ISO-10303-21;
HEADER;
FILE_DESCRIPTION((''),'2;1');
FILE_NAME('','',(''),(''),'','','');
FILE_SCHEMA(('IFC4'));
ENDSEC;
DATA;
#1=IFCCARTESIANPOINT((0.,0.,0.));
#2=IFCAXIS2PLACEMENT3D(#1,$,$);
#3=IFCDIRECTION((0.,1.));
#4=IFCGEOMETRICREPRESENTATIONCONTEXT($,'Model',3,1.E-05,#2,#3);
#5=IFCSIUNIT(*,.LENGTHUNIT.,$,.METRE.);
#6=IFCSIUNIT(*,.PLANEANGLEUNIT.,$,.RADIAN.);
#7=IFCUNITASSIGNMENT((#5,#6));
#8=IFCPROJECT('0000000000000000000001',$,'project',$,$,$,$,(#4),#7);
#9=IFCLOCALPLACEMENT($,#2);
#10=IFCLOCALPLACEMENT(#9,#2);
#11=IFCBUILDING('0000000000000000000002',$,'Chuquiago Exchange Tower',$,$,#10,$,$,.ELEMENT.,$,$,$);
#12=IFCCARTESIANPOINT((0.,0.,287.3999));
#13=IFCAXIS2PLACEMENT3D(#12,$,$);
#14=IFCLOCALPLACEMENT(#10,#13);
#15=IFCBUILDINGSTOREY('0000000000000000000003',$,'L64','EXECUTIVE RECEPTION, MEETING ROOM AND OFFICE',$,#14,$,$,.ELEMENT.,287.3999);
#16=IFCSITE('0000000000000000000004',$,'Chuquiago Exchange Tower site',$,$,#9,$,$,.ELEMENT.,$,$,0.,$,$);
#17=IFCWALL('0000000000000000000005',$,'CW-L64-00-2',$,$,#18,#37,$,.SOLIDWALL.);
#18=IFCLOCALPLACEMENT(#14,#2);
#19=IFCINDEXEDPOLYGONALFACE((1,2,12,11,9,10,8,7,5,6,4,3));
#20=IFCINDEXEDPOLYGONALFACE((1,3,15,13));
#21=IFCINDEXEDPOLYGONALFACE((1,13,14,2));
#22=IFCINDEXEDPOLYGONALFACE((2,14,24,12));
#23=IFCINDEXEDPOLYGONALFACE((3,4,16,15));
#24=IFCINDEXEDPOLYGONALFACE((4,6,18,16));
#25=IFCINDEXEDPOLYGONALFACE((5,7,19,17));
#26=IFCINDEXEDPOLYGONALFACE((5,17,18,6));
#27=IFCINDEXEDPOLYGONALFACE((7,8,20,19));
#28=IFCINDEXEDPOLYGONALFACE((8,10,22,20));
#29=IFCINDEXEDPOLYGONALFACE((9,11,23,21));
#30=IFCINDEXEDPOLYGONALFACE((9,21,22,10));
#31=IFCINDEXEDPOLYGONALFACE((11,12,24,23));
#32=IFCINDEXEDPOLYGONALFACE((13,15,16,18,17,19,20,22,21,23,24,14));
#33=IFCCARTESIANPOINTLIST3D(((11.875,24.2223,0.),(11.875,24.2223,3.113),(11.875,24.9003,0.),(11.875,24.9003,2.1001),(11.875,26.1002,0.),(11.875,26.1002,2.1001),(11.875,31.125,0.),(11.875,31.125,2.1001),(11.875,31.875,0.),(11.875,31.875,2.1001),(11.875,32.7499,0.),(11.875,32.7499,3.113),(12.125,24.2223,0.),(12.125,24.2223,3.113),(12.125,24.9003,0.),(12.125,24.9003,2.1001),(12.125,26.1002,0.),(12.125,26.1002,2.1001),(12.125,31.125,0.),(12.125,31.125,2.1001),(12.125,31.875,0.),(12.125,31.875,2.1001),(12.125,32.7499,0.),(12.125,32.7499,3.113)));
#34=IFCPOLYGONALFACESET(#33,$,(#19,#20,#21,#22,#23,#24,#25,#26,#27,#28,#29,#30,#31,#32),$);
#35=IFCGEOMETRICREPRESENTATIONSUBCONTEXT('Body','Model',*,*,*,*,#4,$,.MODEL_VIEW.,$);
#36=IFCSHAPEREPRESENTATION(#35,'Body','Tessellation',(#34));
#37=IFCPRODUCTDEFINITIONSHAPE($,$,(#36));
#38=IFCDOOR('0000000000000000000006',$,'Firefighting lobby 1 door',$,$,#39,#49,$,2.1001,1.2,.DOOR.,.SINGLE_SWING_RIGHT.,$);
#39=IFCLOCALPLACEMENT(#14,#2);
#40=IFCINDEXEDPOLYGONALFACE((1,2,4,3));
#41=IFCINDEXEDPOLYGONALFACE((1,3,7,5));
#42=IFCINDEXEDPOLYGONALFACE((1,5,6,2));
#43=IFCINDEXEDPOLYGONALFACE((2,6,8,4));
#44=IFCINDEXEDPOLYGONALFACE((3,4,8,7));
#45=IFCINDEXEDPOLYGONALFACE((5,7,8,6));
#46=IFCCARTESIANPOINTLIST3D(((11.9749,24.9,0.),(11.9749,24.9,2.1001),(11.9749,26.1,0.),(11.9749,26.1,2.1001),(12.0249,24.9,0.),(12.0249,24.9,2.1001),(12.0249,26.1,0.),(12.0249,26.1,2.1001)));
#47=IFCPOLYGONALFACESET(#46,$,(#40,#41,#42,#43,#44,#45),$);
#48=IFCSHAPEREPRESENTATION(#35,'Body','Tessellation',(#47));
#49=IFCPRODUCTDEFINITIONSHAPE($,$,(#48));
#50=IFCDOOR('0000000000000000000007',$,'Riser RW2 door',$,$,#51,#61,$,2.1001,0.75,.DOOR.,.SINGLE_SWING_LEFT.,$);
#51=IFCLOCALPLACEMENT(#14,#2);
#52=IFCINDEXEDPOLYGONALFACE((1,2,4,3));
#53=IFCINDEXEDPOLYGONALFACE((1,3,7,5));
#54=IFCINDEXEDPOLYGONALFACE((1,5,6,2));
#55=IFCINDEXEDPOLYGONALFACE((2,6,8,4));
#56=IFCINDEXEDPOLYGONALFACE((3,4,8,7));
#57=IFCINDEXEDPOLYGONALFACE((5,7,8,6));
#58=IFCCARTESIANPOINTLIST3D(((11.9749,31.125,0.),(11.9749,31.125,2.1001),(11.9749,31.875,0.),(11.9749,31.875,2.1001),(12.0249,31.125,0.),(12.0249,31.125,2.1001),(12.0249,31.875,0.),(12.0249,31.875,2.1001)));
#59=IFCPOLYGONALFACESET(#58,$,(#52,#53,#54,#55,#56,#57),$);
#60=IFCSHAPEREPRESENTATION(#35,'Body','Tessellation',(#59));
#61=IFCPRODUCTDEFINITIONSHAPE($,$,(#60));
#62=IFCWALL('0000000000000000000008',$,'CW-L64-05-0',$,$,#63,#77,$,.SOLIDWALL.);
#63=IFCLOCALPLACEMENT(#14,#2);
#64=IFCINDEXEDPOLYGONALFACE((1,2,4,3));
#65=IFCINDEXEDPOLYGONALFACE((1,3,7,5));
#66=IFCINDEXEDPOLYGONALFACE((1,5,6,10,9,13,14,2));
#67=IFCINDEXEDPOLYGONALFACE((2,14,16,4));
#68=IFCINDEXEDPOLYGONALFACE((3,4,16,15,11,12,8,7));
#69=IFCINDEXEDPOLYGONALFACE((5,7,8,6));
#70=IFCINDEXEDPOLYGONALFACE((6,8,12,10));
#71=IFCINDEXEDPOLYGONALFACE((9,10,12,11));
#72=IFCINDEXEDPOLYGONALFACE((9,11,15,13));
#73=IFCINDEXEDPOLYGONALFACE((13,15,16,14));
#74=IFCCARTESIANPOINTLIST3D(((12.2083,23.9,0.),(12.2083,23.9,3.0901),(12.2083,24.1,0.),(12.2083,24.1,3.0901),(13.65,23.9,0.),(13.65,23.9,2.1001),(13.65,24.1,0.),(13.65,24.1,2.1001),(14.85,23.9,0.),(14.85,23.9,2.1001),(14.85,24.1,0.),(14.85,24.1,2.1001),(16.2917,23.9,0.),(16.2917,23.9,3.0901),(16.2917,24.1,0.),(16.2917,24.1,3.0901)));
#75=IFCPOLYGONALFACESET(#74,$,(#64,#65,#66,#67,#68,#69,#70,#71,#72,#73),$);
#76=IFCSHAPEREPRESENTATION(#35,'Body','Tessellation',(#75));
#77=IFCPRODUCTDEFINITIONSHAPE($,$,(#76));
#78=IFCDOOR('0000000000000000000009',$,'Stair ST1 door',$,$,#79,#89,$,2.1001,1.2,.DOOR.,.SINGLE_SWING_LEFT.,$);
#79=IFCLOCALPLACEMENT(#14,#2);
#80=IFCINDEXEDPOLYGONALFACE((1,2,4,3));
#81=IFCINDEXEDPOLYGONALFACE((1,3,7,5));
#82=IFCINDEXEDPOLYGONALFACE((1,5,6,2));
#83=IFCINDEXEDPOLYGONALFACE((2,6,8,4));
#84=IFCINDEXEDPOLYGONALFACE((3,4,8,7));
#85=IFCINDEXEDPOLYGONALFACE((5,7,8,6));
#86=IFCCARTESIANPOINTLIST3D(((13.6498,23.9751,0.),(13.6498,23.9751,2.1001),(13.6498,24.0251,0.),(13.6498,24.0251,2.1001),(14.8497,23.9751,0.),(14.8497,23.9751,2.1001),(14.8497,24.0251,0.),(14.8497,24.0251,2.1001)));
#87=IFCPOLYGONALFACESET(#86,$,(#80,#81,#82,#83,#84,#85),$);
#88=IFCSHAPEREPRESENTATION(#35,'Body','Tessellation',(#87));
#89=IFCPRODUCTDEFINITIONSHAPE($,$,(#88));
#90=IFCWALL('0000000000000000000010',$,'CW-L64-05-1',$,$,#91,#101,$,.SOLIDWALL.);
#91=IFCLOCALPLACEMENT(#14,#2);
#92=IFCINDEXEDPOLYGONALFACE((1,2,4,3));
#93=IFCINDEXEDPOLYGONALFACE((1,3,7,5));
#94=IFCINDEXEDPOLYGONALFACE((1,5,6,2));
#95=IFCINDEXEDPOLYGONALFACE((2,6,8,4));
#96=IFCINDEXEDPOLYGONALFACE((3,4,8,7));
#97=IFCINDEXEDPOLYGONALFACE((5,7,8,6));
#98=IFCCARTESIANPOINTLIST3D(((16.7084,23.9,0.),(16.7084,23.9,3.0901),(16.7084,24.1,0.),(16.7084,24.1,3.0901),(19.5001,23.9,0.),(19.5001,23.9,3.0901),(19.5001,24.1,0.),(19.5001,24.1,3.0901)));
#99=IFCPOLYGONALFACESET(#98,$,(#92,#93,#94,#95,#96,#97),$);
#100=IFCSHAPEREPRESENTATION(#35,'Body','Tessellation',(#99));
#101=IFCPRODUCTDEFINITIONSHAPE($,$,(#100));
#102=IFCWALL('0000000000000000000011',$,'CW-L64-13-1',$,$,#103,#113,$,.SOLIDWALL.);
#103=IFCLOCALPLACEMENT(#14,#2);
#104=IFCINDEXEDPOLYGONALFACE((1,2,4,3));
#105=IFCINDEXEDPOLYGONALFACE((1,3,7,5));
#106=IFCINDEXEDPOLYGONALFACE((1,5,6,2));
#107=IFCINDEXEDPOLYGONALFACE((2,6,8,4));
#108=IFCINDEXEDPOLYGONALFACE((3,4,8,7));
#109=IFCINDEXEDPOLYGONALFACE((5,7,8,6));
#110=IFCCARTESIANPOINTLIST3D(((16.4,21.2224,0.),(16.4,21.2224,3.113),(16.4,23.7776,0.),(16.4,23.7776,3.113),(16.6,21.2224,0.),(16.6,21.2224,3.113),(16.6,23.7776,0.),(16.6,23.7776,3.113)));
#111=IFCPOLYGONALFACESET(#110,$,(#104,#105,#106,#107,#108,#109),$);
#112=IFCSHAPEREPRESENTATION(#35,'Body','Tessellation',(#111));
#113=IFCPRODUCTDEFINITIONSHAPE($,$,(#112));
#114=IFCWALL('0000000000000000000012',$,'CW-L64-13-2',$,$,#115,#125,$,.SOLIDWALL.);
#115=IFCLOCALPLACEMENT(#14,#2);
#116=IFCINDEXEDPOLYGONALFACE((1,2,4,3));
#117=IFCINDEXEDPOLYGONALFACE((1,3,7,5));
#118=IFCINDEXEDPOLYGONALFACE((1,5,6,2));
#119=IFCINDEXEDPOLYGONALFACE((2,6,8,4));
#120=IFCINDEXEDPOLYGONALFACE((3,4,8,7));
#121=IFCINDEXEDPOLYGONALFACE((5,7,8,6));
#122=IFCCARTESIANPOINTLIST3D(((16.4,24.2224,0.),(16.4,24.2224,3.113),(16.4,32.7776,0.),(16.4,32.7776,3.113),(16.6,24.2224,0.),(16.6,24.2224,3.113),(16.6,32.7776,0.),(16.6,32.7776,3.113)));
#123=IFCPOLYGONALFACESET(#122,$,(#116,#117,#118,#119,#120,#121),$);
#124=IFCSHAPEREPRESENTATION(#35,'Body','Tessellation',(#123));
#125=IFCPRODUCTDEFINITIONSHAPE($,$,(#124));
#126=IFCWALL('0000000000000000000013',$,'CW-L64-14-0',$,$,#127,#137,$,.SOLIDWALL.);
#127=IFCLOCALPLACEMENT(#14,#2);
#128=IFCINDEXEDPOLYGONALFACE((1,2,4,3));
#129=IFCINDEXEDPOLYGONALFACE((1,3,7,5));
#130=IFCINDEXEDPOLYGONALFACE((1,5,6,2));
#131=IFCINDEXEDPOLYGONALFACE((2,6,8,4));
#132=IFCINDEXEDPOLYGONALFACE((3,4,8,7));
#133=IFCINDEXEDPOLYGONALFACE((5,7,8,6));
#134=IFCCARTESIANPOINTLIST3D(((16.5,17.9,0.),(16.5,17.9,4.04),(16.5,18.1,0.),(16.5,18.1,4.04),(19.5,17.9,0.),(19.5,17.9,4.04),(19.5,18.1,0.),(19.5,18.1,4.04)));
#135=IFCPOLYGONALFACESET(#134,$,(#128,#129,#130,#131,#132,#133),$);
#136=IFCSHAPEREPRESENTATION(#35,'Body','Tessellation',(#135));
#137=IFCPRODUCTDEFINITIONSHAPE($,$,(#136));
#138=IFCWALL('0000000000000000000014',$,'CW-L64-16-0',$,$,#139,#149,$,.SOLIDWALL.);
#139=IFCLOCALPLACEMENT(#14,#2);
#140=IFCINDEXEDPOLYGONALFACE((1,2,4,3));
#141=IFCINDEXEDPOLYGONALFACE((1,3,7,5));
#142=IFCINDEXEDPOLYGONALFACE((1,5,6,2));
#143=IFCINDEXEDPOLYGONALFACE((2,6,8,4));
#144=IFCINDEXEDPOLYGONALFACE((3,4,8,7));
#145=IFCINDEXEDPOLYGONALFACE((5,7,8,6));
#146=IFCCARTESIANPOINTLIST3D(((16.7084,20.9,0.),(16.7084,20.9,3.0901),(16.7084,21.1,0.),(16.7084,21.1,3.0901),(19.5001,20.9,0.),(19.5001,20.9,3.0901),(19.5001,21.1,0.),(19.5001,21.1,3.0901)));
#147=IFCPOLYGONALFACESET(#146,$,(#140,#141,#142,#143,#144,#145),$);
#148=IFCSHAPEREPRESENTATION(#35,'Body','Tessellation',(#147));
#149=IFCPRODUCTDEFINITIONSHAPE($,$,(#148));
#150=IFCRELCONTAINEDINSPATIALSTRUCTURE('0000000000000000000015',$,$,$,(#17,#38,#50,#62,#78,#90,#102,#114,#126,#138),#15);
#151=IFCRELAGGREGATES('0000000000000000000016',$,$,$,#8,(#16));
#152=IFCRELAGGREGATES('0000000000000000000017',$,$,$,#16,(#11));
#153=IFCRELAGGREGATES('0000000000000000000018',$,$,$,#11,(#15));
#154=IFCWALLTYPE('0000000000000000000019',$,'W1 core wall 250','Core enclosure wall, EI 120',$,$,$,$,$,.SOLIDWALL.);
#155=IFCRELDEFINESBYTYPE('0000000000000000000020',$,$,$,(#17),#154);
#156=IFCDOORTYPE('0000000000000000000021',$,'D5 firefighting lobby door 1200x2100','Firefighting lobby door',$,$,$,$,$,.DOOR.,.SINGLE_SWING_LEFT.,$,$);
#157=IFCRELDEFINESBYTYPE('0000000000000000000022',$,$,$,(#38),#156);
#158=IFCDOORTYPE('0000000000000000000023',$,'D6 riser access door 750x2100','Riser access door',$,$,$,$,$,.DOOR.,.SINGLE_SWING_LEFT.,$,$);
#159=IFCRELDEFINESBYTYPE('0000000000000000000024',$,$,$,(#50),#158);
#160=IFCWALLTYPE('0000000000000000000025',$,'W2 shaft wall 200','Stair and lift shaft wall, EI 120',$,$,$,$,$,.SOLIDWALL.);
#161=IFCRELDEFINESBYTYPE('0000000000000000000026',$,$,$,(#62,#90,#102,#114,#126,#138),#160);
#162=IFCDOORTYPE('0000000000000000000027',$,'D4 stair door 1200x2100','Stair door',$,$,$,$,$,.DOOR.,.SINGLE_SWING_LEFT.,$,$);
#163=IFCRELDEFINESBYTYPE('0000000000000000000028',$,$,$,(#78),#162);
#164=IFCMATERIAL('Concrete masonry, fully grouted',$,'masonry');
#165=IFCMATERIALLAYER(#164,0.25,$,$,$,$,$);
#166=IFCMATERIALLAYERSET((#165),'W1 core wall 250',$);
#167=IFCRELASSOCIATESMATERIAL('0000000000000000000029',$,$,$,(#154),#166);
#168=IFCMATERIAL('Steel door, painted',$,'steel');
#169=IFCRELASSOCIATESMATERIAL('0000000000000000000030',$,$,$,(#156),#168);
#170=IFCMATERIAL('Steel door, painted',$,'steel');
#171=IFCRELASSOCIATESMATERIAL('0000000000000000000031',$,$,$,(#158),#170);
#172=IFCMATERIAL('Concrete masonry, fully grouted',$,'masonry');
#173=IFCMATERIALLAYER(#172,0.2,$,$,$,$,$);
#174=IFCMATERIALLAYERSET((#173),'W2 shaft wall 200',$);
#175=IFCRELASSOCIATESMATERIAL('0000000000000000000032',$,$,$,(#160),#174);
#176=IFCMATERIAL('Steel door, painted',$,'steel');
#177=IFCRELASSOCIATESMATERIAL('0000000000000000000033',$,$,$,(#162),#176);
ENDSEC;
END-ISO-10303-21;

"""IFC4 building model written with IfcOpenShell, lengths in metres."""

from ifc_helpers import new_model, si_unit, direction, frame, frame_2d, origin, place, context, subcontext, project, spatial, rectangle, extrude, material, layer, layer_set, type_object, element, fill, save


model = new_model("IFC4")

# Units and contexts
model_context = context("Model", 3, precision=1e-05, world=origin(), true_north=direction((0.0, 1.0)))
body_context = subcontext(model_context, "Body", "Model", "MODEL_VIEW")
ifc_project = project(units=[si_unit("LENGTHUNIT", "METRE"), si_unit("PLANEANGLEUNIT", "RADIAN")], contexts=[model_context])

# Site, building, storey
site_placement = place(None, origin())
site = spatial("IfcSite", under=ifc_project, at=site_placement, Name="Chuquiago Exchange Tower site", CompositionType="ELEMENT", RefElevation=0.0)
building_placement = place(site_placement, origin())
building = spatial("IfcBuilding", under=site, at=building_placement, Name="Chuquiago Exchange Tower", CompositionType="ELEMENT")
storey_placement = place(building_placement, frame((0.0, 0.0, 287.3999)))
storey = spatial("IfcBuildingStorey", under=building, at=storey_placement, Name="L64", Description="EXECUTIVE RECEPTION, MEETING ROOM AND OFFICE", CompositionType="ELEMENT", Elevation=287.3999)

# Shared definitions
ifc_material_1 = material(Name="Concrete masonry, fully grouted", Category="masonry")
ifc_layer_1 = layer(ifc_material_1, 0.25)
ifc_layer_set_1 = layer_set([ifc_layer_1], Name="W1 core wall 250")
wall_type_1 = type_object("IfcWallType", Name="W1 core wall 250", Description="Core enclosure wall, EI 120", PredefinedType="SOLIDWALL", material=ifc_layer_set_1)

# Wall, openings, doors
wall_1_placement = place(storey_placement, frame((12.0, 24.2224, 0.0), z_axis=(0.0, 0.0, 1.0), x_axis=(0.0, 1.0, 0.0)))
wall_1 = element("IfcWall", 1, at=wall_1_placement, inside=storey, type_object=wall_type_1, Name="CW-L64-00-2", PredefinedType="SOLIDWALL", context=body_context, shape_type="SweptSolid", body=[
    extrude(rectangle(XDim=8.5276, YDim=0.25, at=frame_2d((4.2637, 0.0))), origin(), (0.0, 0.0, 1.0), 3.113),
])
opening_1_placement = place(wall_1_placement, frame((0.6777, 0.0, 0.0)))
opening_1 = element("IfcOpeningElement", 2, at=opening_1_placement, cuts=wall_1, PredefinedType="OPENING", context=body_context, shape_type="SweptSolid", body=[
    extrude(rectangle(XDim=1.2, YDim=2.1001, at=frame_2d((0.6001, 1.05))), frame((0.0, 0.135, 0.0), z_axis=(0.0, -1.0, 0.0), x_axis=(1.0, 0.0, 0.0)), (0.0, 0.0, 1.0), 0.27),
])
opening_2_placement = place(wall_1_placement, frame((6.9026, 0.0, 0.0)))
opening_2 = element("IfcOpeningElement", 3, at=opening_2_placement, cuts=wall_1, PredefinedType="OPENING", context=body_context, shape_type="SweptSolid", body=[
    extrude(rectangle(XDim=0.75, YDim=2.1001, at=frame_2d((0.375, 1.05))), frame((0.0, 0.135, 0.0), z_axis=(0.0, -1.0, 0.0), x_axis=(1.0, 0.0, 0.0)), (0.0, 0.0, 1.0), 0.27),
])
ifc_material_2 = material(Name="Steel door, painted", Category="steel")
door_type_1 = type_object("IfcDoorType", Name="D5 firefighting lobby door 1200x2100", Description="Firefighting lobby door", OperationType="SINGLE_SWING_LEFT", PredefinedType="DOOR", material=ifc_material_2)
door_1_placement = place(opening_1_placement, frame((1.2, 0.0, 0.0), z_axis=(0.0, 0.0, 1.0), x_axis=(-1.0, 0.0, 0.0)))
door_1 = element("IfcDoor", 4, at=door_1_placement, inside=storey, type_object=door_type_1, Name="Firefighting lobby 1 door", OperationType="SINGLE_SWING_RIGHT", OverallHeight=2.1001, OverallWidth=1.2, PredefinedType="DOOR", context=body_context, shape_type="SweptSolid", body=[
    extrude(rectangle(XDim=1.2, YDim=2.1001, at=frame_2d((0.6001, 1.05))), frame((0.0, 0.0249, 0.0), z_axis=(0.0, -1.0, 0.0), x_axis=(1.0, 0.0, 0.0)), (0.0, 0.0, 1.0), 0.05),
])
fill(opening_1, door_1)
ifc_material_3 = material(Name="Steel door, painted", Category="steel")
door_type_2 = type_object("IfcDoorType", Name="D6 riser access door 750x2100", Description="Riser access door", OperationType="SINGLE_SWING_LEFT", PredefinedType="DOOR", material=ifc_material_3)
door_2_placement = place(opening_2_placement, frame((0.75, 0.0, 0.0), z_axis=(0.0, 0.0, 1.0), x_axis=(-1.0, 0.0, 0.0)))
door_2 = element("IfcDoor", 5, at=door_2_placement, inside=storey, type_object=door_type_2, Name="Riser RW2 door", OperationType="SINGLE_SWING_LEFT", OverallHeight=2.1001, OverallWidth=0.75, PredefinedType="DOOR", context=body_context, shape_type="SweptSolid", body=[
    extrude(rectangle(XDim=0.75, YDim=2.1001, at=frame_2d((0.375, 1.05))), frame((0.0, 0.0249, 0.0), z_axis=(0.0, -1.0, 0.0), x_axis=(1.0, 0.0, 0.0)), (0.0, 0.0, 1.0), 0.05),
])
fill(opening_2, door_2)

# Wall, opening, door
ifc_material_4 = material(Name="Concrete masonry, fully grouted", Category="masonry")
ifc_layer_2 = layer(ifc_material_4, 0.2)
ifc_layer_set_2 = layer_set([ifc_layer_2], Name="W2 shaft wall 200")
wall_type_2 = type_object("IfcWallType", Name="W2 shaft wall 200", Description="Stair and lift shaft wall, EI 120", PredefinedType="SOLIDWALL", material=ifc_layer_set_2)
wall_2_placement = place(storey_placement, frame((12.2083, 24.0, 0.0), z_axis=(0.0, 0.0, 1.0), x_axis=(1.0, 0.0, 0.0)))
wall_2 = element("IfcWall", 6, at=wall_2_placement, inside=storey, type_object=wall_type_2, Name="CW-L64-05-0", PredefinedType="SOLIDWALL", context=body_context, shape_type="SweptSolid", body=[
    extrude(rectangle(XDim=4.0835, YDim=0.2, at=frame_2d((2.0417, 0.0))), origin(), (0.0, 0.0, 1.0), 3.0901),
])
opening_3_placement = place(wall_2_placement, frame((1.4417, 0.0, 0.0)))
opening_3 = element("IfcOpeningElement", 7, at=opening_3_placement, cuts=wall_2, PredefinedType="OPENING", context=body_context, shape_type="SweptSolid", body=[
    extrude(rectangle(XDim=1.2, YDim=2.1001, at=frame_2d((0.6001, 1.05))), frame((0.0, 0.1099, 0.0), z_axis=(0.0, -1.0, 0.0), x_axis=(1.0, 0.0, 0.0)), (0.0, 0.0, 1.0), 0.22),
])
ifc_material_5 = material(Name="Steel door, painted", Category="steel")
door_type_3 = type_object("IfcDoorType", Name="D4 stair door 1200x2100", Description="Stair door", OperationType="SINGLE_SWING_LEFT", PredefinedType="DOOR", material=ifc_material_5)
door_3_placement = place(opening_3_placement, frame((1.2, 0.0, 0.0), z_axis=(0.0, 0.0, 1.0), x_axis=(-1.0, 0.0, 0.0)))
door_3 = element("IfcDoor", 8, at=door_3_placement, inside=storey, type_object=door_type_3, Name="Stair ST1 door", OperationType="SINGLE_SWING_LEFT", OverallHeight=2.1001, OverallWidth=1.2, PredefinedType="DOOR", context=body_context, shape_type="SweptSolid", body=[
    extrude(rectangle(XDim=1.2, YDim=2.1001, at=frame_2d((0.6001, 1.05))), frame((0.0, 0.0249, 0.0), z_axis=(0.0, -1.0, 0.0), x_axis=(1.0, 0.0, 0.0)), (0.0, 0.0, 1.0), 0.05),
])
fill(opening_3, door_3)

# Walls
wall_3_placement = place(storey_placement, frame((16.7083, 24.0, 0.0), z_axis=(0.0, 0.0, 1.0), x_axis=(1.0, 0.0, 0.0)))
element("IfcWall", 9, at=wall_3_placement, inside=storey, type_object=wall_type_2, Name="CW-L64-05-1", PredefinedType="SOLIDWALL", context=body_context, shape_type="SweptSolid", body=[
    extrude(rectangle(XDim=2.7917, YDim=0.2, at=frame_2d((1.396, 0.0))), origin(), (0.0, 0.0, 1.0), 3.0901),
])
wall_4_placement = place(storey_placement, frame((16.5, 21.2224, 0.0), z_axis=(0.0, 0.0, 1.0), x_axis=(0.0, 1.0, 0.0)))
element("IfcWall", 10, at=wall_4_placement, inside=storey, type_object=wall_type_2, Name="CW-L64-13-1", PredefinedType="SOLIDWALL", context=body_context, shape_type="SweptSolid", body=[
    extrude(rectangle(XDim=2.5552, YDim=0.2, at=frame_2d((1.2776, 0.0))), origin(), (0.0, 0.0, 1.0), 3.113),
])
wall_5_placement = place(storey_placement, frame((16.5, 24.2224, 0.0), z_axis=(0.0, 0.0, 1.0), x_axis=(0.0, 1.0, 0.0)))
element("IfcWall", 11, at=wall_5_placement, inside=storey, type_object=wall_type_2, Name="CW-L64-13-2", PredefinedType="SOLIDWALL", context=body_context, shape_type="SweptSolid", body=[
    extrude(rectangle(XDim=8.5552, YDim=0.2, at=frame_2d((4.2776, 0.0))), origin(), (0.0, 0.0, 1.0), 3.113),
])
wall_6_placement = place(storey_placement, frame((16.5, 18.0, 0.0), z_axis=(0.0, 0.0, 1.0), x_axis=(1.0, 0.0, 0.0)))
element("IfcWall", 12, at=wall_6_placement, inside=storey, type_object=wall_type_2, Name="CW-L64-14-0", PredefinedType="SOLIDWALL", context=body_context, shape_type="SweptSolid", body=[
    extrude(rectangle(XDim=3.0, YDim=0.2, at=frame_2d((1.5, 0.0))), origin(), (0.0, 0.0, 1.0), 4.04),
])
wall_7_placement = place(storey_placement, frame((16.7083, 21.0, 0.0), z_axis=(0.0, 0.0, 1.0), x_axis=(1.0, 0.0, 0.0)))
element("IfcWall", 13, at=wall_7_placement, inside=storey, type_object=wall_type_2, Name="CW-L64-16-0", PredefinedType="SOLIDWALL", context=body_context, shape_type="SweptSolid", body=[
    extrude(rectangle(XDim=2.7917, YDim=0.2, at=frame_2d((1.396, 0.0))), origin(), (0.0, 0.0, 1.0), 3.0901),
])

save(model, "model.ifc")
